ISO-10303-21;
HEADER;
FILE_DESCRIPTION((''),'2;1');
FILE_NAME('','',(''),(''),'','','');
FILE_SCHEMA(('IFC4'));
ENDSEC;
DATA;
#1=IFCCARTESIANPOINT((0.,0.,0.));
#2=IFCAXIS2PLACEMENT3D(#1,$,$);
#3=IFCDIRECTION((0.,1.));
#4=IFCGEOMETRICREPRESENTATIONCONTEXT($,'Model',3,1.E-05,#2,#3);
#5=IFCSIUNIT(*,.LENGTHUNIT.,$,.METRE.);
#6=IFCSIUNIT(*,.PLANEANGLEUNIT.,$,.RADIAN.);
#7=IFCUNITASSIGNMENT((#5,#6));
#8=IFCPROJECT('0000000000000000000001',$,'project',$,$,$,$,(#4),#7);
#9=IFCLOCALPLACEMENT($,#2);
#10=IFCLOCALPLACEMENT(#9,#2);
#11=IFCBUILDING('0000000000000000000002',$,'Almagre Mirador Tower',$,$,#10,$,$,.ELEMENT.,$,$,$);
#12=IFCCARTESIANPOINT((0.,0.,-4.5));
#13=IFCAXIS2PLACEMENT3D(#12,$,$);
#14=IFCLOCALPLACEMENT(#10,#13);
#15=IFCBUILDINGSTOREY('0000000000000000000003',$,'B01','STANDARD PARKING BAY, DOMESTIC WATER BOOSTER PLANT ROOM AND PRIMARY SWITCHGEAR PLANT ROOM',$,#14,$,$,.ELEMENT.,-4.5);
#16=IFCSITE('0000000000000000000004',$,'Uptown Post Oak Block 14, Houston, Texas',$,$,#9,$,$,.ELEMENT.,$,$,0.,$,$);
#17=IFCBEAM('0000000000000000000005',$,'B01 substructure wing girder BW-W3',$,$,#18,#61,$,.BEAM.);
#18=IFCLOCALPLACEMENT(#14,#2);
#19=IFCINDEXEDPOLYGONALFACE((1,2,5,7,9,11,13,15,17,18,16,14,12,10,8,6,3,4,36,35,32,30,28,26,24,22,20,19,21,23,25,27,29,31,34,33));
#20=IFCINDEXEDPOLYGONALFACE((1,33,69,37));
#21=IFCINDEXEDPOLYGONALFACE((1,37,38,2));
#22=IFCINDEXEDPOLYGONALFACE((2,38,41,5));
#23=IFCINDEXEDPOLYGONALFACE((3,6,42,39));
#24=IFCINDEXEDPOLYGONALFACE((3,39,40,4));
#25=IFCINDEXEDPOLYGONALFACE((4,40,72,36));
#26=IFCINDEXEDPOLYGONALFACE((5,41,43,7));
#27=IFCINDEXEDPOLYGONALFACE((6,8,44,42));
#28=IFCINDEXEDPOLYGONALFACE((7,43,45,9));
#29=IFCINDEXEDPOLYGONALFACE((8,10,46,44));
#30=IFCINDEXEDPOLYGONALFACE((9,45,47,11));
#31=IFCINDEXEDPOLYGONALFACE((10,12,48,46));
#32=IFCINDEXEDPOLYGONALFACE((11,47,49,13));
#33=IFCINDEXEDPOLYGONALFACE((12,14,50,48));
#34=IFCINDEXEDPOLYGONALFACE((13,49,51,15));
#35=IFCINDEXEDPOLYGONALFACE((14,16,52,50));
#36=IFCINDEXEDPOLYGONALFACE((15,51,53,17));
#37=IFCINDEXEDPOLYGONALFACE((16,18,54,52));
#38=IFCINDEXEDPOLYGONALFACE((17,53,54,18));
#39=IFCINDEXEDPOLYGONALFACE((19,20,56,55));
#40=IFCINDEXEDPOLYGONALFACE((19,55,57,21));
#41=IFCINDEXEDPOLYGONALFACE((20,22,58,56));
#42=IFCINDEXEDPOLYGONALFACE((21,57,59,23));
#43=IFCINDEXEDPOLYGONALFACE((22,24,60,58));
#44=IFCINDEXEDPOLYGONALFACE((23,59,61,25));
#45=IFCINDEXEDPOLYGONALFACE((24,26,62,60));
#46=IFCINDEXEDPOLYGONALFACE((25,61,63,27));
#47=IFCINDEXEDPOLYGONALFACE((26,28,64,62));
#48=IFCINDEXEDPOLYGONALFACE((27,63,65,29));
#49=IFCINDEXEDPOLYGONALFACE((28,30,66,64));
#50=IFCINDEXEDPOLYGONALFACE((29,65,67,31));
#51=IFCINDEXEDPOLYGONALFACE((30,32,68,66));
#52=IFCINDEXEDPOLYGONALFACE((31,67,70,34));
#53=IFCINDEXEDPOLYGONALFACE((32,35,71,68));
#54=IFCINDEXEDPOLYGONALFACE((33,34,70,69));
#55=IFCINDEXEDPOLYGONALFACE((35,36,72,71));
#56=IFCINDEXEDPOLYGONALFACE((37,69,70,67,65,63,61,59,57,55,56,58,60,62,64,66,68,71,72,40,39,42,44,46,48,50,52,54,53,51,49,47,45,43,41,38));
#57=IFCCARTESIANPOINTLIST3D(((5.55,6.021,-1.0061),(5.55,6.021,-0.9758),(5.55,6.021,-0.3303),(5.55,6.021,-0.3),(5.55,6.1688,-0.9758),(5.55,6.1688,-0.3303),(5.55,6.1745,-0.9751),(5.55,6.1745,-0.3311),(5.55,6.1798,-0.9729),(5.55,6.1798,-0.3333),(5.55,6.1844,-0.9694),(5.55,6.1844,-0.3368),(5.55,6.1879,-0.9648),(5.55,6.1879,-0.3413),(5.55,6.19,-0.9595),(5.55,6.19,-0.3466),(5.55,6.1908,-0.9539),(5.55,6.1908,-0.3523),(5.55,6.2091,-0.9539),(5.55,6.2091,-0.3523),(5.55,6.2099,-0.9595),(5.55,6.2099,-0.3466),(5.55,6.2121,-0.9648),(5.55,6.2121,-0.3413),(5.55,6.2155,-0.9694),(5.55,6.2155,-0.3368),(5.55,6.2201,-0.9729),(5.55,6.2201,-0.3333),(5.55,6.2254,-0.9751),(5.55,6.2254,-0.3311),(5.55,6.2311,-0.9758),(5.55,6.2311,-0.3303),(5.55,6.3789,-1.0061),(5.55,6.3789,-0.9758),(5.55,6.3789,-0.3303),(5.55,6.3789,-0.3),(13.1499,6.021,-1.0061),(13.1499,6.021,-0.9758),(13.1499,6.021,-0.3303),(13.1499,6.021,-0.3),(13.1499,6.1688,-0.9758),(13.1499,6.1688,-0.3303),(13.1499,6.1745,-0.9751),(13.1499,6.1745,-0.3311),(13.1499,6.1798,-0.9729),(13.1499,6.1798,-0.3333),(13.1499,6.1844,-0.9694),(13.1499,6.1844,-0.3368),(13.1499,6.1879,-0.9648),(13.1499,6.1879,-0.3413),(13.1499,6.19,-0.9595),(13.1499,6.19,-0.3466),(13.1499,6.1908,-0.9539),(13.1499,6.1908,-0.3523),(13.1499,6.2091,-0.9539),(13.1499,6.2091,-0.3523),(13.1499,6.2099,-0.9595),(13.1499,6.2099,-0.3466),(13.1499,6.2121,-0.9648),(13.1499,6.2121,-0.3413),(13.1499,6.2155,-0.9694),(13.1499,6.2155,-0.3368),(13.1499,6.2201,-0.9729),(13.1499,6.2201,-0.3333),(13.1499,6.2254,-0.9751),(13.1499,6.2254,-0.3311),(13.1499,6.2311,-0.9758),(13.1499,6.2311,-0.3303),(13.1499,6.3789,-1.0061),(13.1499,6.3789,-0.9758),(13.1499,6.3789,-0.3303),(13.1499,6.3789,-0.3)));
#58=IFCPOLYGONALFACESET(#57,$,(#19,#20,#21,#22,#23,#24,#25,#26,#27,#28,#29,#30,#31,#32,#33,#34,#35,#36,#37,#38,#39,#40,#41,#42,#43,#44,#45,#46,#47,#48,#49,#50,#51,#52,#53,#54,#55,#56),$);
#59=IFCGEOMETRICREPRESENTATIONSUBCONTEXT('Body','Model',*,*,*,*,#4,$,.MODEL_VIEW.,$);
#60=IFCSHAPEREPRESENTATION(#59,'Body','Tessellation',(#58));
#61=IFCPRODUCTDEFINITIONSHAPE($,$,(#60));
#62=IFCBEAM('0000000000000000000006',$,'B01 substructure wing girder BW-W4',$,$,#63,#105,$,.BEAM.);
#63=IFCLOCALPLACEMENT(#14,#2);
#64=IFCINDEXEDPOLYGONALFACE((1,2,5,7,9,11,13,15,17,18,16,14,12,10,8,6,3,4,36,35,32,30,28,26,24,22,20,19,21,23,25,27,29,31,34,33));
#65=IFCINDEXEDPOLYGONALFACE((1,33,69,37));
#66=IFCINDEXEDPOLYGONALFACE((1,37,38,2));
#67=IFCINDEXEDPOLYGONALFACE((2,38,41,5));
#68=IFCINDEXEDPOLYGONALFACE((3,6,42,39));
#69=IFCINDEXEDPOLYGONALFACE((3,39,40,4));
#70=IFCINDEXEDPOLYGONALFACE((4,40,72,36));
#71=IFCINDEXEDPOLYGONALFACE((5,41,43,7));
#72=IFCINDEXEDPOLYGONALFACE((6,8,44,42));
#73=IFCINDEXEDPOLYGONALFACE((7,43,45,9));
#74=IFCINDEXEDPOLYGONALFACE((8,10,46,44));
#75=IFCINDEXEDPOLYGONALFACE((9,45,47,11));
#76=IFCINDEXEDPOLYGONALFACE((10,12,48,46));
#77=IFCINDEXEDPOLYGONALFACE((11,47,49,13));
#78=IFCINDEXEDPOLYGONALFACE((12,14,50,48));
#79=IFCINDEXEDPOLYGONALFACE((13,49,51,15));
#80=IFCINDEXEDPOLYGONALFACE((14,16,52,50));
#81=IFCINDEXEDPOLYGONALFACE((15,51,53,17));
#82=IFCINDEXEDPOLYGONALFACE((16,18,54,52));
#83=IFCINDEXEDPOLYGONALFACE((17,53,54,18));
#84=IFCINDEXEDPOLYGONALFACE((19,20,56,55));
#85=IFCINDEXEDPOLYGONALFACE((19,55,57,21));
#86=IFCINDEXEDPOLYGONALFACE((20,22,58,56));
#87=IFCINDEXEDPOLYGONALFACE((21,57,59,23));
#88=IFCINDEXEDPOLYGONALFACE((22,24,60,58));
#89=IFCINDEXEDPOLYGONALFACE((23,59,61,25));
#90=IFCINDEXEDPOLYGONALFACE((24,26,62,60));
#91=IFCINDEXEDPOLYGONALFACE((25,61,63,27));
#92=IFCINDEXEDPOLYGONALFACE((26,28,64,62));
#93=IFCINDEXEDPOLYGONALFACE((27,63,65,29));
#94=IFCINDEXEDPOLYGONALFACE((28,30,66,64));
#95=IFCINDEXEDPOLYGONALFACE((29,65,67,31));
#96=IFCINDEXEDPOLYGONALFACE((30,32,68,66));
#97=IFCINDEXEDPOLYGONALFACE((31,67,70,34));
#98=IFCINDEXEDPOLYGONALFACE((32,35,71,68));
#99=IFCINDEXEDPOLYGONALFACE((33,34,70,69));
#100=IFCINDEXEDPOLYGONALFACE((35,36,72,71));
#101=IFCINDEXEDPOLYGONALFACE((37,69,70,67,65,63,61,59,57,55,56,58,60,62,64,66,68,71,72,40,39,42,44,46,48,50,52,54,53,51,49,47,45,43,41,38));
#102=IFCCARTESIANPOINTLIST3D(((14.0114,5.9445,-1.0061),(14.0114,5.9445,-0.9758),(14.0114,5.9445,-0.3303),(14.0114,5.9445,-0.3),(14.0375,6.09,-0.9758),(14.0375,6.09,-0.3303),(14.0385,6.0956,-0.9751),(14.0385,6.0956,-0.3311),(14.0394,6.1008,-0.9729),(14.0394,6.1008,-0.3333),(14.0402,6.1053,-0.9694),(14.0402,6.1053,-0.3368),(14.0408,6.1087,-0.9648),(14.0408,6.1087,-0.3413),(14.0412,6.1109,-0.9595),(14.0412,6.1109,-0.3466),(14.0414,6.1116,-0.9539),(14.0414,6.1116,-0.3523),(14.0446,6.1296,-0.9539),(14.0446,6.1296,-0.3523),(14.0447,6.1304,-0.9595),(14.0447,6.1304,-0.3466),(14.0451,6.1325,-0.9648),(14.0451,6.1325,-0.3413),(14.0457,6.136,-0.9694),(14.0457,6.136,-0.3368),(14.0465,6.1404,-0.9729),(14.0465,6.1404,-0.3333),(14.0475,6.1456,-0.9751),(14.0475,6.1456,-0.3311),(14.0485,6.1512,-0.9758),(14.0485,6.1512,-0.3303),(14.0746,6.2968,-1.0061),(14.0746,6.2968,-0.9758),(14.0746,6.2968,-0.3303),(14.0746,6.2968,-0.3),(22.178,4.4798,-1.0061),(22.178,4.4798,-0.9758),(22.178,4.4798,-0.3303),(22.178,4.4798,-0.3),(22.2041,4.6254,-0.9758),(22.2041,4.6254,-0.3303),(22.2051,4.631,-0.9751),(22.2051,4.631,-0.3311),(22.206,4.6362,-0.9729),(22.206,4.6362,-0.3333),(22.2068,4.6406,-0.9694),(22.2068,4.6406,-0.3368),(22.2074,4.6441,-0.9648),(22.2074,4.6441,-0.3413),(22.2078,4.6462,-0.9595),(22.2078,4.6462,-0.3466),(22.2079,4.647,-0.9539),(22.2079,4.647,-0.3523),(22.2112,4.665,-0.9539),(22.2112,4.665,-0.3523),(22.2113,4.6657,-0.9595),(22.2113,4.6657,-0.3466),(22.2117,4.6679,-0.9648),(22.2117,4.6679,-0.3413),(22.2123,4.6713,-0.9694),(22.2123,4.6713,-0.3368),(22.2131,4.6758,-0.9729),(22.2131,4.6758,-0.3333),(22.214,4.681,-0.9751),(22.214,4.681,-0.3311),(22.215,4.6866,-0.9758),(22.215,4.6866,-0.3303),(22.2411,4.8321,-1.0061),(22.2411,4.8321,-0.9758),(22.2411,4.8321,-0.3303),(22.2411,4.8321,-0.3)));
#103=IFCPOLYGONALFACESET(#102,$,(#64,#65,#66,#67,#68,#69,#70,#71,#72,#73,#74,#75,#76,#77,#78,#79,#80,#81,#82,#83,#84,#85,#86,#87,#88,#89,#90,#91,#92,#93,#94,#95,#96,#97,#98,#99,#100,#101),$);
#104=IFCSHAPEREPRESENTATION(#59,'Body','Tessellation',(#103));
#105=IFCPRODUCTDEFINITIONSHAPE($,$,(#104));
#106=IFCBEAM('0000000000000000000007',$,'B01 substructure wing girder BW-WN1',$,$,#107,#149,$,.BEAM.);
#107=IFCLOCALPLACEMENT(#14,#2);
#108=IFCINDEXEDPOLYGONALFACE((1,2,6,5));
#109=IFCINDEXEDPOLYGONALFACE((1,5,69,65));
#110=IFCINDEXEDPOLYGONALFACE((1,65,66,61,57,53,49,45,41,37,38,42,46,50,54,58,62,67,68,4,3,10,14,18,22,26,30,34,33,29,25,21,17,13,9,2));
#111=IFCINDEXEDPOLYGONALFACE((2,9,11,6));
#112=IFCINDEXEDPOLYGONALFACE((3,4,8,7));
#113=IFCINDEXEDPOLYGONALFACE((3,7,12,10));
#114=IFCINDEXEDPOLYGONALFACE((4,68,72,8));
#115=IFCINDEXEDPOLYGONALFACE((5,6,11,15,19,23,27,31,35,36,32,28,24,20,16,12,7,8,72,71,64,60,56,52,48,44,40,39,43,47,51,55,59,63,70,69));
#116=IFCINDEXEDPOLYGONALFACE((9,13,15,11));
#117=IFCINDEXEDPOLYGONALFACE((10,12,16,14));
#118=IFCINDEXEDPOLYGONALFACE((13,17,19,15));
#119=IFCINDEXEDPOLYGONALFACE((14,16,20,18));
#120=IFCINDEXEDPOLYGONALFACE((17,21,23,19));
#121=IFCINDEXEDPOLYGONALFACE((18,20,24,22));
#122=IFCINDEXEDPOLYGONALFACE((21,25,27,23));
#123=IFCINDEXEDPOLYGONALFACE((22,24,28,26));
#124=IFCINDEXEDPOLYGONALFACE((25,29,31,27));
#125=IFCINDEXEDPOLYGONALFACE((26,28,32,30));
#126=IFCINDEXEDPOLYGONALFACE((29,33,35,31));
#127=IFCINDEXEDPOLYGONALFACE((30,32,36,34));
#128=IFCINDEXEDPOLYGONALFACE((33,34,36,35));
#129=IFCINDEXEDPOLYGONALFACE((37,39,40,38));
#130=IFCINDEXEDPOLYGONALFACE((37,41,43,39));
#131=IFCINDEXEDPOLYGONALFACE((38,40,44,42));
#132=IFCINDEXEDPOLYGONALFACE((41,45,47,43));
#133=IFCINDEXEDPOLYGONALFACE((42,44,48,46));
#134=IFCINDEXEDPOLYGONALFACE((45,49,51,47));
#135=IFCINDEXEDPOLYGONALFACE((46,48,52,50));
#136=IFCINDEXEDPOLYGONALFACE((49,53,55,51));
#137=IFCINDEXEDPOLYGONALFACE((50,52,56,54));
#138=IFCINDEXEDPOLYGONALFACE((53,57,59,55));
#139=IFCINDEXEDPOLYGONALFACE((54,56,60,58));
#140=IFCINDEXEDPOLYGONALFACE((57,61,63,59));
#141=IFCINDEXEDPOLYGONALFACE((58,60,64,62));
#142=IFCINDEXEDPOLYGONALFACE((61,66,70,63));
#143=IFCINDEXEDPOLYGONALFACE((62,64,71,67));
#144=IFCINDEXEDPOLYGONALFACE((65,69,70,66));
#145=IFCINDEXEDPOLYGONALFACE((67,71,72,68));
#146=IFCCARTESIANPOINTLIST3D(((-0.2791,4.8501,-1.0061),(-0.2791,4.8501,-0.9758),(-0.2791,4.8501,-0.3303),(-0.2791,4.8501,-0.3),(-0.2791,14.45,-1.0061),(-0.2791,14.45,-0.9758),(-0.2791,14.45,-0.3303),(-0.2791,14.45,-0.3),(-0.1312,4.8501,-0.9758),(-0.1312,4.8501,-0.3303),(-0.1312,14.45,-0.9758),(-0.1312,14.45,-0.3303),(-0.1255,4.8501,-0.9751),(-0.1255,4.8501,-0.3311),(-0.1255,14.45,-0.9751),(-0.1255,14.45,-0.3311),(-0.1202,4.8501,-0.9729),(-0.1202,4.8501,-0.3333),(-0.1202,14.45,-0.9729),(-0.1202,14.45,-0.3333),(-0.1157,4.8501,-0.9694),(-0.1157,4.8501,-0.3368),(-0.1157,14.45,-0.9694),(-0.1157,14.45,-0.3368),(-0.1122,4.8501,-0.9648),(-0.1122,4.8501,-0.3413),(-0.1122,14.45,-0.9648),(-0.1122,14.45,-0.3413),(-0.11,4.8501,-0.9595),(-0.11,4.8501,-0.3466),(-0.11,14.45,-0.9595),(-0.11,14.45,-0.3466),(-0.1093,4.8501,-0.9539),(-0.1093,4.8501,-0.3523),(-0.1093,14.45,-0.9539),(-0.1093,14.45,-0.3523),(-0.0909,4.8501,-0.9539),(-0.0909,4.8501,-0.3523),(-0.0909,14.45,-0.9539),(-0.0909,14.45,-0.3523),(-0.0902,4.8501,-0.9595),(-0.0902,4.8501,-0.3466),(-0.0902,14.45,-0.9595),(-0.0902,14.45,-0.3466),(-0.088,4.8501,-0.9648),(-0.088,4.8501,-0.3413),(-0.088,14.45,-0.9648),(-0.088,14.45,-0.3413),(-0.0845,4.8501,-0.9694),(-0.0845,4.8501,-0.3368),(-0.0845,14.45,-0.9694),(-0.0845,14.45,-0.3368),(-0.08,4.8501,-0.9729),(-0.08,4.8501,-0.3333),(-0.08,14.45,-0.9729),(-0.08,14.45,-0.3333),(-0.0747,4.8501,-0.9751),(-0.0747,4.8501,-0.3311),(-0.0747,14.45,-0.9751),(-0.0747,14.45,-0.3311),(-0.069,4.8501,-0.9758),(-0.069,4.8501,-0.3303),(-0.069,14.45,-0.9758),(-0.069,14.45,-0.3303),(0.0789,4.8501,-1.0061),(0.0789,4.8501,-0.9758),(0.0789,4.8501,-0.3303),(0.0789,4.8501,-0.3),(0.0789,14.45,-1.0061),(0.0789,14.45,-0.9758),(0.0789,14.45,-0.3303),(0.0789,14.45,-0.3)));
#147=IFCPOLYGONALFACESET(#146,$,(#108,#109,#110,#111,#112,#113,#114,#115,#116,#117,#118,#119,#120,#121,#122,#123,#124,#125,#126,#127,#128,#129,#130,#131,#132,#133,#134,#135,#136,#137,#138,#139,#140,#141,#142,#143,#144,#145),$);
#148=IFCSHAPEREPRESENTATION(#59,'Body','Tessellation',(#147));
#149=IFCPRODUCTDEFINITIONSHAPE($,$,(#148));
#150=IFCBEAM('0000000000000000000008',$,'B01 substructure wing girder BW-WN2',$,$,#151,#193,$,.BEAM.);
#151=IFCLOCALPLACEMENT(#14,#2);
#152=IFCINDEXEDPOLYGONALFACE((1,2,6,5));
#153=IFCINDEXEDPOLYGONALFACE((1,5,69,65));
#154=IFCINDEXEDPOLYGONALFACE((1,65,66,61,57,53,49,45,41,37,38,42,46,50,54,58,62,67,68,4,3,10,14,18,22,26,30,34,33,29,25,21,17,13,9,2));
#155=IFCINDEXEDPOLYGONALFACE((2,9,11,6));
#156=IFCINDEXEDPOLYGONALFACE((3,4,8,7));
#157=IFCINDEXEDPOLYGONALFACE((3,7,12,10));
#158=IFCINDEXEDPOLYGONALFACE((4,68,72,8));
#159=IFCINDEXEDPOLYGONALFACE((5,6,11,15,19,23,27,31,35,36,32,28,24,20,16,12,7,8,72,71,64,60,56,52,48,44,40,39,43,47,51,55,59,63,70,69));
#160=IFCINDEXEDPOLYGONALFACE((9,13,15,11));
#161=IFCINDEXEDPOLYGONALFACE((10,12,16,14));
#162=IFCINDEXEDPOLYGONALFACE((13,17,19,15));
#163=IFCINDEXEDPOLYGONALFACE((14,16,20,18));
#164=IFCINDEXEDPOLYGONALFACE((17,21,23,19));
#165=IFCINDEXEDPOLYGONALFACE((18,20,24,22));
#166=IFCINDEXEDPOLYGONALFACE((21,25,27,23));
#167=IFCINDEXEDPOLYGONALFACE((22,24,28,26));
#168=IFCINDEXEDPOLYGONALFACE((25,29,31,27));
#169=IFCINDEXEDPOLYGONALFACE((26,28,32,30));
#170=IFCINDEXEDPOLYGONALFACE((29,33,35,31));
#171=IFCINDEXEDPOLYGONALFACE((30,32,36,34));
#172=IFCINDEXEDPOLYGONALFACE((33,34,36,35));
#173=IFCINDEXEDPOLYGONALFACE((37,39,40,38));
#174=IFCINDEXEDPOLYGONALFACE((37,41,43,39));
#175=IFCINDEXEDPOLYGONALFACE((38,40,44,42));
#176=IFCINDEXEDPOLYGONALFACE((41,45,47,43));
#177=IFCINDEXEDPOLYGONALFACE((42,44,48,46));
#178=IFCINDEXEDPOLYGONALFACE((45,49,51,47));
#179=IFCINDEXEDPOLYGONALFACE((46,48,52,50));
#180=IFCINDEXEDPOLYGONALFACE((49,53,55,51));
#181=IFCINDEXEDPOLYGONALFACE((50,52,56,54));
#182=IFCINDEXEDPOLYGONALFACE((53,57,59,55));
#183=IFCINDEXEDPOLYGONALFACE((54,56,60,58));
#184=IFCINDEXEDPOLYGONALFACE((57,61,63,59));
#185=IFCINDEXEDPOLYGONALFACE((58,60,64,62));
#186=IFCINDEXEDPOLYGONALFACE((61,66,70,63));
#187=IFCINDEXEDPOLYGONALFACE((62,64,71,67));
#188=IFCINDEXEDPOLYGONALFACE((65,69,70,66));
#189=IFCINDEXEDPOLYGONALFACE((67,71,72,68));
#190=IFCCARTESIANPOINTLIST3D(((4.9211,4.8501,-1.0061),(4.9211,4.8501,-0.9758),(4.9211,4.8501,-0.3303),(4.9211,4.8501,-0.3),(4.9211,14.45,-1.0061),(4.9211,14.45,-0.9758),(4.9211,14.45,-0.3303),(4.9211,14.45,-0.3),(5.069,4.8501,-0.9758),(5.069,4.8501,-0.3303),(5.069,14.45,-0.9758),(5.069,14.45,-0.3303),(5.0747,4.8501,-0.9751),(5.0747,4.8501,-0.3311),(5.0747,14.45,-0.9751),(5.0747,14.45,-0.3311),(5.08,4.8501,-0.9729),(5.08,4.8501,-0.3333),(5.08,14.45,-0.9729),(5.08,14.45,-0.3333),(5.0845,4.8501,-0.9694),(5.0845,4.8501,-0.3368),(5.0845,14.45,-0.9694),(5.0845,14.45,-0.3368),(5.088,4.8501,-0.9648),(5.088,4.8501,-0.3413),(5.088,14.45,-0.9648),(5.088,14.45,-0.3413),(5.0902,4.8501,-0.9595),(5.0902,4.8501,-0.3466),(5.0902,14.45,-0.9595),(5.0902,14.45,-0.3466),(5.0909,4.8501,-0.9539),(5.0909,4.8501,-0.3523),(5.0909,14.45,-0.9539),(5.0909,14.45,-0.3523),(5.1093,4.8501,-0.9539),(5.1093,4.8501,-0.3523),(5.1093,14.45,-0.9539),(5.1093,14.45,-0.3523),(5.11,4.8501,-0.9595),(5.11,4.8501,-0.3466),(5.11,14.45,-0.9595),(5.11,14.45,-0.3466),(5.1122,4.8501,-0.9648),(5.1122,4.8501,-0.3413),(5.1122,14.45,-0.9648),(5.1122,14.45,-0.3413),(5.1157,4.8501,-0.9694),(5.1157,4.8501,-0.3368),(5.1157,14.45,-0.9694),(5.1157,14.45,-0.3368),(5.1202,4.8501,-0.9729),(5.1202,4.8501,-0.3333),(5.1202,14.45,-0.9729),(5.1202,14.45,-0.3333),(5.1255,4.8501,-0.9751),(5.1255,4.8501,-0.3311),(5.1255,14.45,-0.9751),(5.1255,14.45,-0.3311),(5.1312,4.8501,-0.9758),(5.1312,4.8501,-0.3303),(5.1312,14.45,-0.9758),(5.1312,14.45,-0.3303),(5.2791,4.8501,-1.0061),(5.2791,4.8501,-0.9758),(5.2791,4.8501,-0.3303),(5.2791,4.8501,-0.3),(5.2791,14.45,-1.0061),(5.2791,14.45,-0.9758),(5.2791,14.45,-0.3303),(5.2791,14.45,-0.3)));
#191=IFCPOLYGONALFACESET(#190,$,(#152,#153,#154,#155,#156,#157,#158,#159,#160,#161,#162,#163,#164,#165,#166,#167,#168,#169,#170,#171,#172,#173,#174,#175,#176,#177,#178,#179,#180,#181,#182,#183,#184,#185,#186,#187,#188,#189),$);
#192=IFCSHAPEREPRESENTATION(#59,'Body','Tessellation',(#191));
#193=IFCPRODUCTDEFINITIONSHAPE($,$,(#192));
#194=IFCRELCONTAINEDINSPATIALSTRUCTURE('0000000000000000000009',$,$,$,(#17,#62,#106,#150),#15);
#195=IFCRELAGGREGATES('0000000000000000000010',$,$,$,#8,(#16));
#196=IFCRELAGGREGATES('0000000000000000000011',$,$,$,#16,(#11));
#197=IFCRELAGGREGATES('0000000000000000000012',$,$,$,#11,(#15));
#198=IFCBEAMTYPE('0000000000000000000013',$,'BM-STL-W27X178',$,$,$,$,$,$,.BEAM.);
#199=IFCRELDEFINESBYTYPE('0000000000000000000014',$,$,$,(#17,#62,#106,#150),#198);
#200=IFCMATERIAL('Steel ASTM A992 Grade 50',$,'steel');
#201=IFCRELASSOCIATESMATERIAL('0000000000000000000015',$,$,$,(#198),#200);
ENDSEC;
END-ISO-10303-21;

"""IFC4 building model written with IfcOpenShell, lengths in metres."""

from ifc_helpers import new_model, si_unit, direction, frame, origin, origin_2d, place, context, subcontext, project, spatial, i_section, extrude, material, material_profile, profile_set, type_object, element, save


model = new_model("IFC4")

# Units and contexts
model_context = context("Model", 3, precision=1e-05, world=origin(), true_north=direction((0.0, 1.0)))
body_context = subcontext(model_context, "Body", "Model", "MODEL_VIEW")
ifc_project = project(units=[si_unit("LENGTHUNIT", "METRE"), si_unit("PLANEANGLEUNIT", "RADIAN")], contexts=[model_context])

# Site, building, storey
site_placement = place(None, origin())
site = spatial("IfcSite", under=ifc_project, at=site_placement, Name="Uptown Post Oak Block 14, Houston, Texas", CompositionType="ELEMENT", RefElevation=0.0)
building_placement = place(site_placement, origin())
building = spatial("IfcBuilding", under=site, at=building_placement, Name="Almagre Mirador Tower", CompositionType="ELEMENT")
storey_placement = place(building_placement, frame((0.0, 0.0, -4.5)))
storey = spatial("IfcBuildingStorey", under=building, at=storey_placement, Name="B01", Description="STANDARD PARKING BAY, DOMESTIC WATER BOOSTER PLANT ROOM AND PRIMARY SWITCHGEAR PLANT ROOM", CompositionType="ELEMENT", Elevation=-4.5)

# Beams
ifc_material_1 = material(Name="Steel ASTM A992 Grade 50", Category="steel")
ifc_material_profile_1 = material_profile(ifc_material_1, i_section(OverallWidth=0.3579, OverallDepth=0.7061, WebThickness=0.0183, FlangeThickness=0.0303, FilletRadius=0.022, at=origin_2d()), Name="W27X178")
ifc_profile_set_1 = profile_set([ifc_material_profile_1], Name="Steel ASTM A992 Grade 50")
beam_type_1 = type_object("IfcBeamType", Name="BM-STL-W27X178", PredefinedType="BEAM", material=ifc_profile_set_1)
beam_1_placement = place(storey_placement, frame((5.55, 6.2, -0.6531), z_axis=(1.0, 0.0, 0.0), x_axis=(0.0, 1.0, 0.0)))
element("IfcBeam", 1, at=beam_1_placement, inside=storey, type_object=beam_type_1, Name="B01 substructure wing girder BW-W3", PredefinedType="BEAM", context=body_context, shape_type="SweptSolid", body=[
    extrude(i_section(OverallWidth=0.3579, OverallDepth=0.7061, WebThickness=0.0183, FlangeThickness=0.0303, FilletRadius=0.022, at=origin_2d()), origin(), (0.0, 0.0, 1.0), 7.5999),
])
beam_2_placement = place(storey_placement, frame((14.043, 6.1206, -0.6531), z_axis=(0.984296, -0.176526, 0.0), x_axis=(0.176526, 0.984296, 0.0)))
element("IfcBeam", 2, at=beam_2_placement, inside=storey, type_object=beam_type_1, Name="B01 substructure wing girder BW-W4", PredefinedType="BEAM", context=body_context, shape_type="SweptSolid", body=[
    extrude(i_section(OverallWidth=0.3579, OverallDepth=0.7061, WebThickness=0.0183, FlangeThickness=0.0303, FilletRadius=0.022, at=origin_2d()), origin(), (0.0, 0.0, 1.0), 8.2969),
])
for number, where, z_axis, x_axis, name in (
    (3, (-0.1001, 4.8501, -0.6531), (0.0, 1.0, 0.0), (-1.0, 0.0, 0.0), "B01 substructure wing girder BW-WN1"),
    (4, (5.1001, 4.8501, -0.6531), (0.0, 1.0, 0.0), (-1.0, 0.0, 0.0), "B01 substructure wing girder BW-WN2"),
):
    element("IfcBeam", number, at=place(storey_placement, frame(where, z_axis=z_axis, x_axis=x_axis)), inside=storey, type_object=beam_type_1, Name=name, PredefinedType="BEAM", context=body_context, shape_type="SweptSolid", body=[
        extrude(i_section(OverallWidth=0.3579, OverallDepth=0.7061, WebThickness=0.0183, FlangeThickness=0.0303, FilletRadius=0.022, at=origin_2d()), origin(), (0.0, 0.0, 1.0), 9.5999),
    ])

save(model, "model.ifc")
